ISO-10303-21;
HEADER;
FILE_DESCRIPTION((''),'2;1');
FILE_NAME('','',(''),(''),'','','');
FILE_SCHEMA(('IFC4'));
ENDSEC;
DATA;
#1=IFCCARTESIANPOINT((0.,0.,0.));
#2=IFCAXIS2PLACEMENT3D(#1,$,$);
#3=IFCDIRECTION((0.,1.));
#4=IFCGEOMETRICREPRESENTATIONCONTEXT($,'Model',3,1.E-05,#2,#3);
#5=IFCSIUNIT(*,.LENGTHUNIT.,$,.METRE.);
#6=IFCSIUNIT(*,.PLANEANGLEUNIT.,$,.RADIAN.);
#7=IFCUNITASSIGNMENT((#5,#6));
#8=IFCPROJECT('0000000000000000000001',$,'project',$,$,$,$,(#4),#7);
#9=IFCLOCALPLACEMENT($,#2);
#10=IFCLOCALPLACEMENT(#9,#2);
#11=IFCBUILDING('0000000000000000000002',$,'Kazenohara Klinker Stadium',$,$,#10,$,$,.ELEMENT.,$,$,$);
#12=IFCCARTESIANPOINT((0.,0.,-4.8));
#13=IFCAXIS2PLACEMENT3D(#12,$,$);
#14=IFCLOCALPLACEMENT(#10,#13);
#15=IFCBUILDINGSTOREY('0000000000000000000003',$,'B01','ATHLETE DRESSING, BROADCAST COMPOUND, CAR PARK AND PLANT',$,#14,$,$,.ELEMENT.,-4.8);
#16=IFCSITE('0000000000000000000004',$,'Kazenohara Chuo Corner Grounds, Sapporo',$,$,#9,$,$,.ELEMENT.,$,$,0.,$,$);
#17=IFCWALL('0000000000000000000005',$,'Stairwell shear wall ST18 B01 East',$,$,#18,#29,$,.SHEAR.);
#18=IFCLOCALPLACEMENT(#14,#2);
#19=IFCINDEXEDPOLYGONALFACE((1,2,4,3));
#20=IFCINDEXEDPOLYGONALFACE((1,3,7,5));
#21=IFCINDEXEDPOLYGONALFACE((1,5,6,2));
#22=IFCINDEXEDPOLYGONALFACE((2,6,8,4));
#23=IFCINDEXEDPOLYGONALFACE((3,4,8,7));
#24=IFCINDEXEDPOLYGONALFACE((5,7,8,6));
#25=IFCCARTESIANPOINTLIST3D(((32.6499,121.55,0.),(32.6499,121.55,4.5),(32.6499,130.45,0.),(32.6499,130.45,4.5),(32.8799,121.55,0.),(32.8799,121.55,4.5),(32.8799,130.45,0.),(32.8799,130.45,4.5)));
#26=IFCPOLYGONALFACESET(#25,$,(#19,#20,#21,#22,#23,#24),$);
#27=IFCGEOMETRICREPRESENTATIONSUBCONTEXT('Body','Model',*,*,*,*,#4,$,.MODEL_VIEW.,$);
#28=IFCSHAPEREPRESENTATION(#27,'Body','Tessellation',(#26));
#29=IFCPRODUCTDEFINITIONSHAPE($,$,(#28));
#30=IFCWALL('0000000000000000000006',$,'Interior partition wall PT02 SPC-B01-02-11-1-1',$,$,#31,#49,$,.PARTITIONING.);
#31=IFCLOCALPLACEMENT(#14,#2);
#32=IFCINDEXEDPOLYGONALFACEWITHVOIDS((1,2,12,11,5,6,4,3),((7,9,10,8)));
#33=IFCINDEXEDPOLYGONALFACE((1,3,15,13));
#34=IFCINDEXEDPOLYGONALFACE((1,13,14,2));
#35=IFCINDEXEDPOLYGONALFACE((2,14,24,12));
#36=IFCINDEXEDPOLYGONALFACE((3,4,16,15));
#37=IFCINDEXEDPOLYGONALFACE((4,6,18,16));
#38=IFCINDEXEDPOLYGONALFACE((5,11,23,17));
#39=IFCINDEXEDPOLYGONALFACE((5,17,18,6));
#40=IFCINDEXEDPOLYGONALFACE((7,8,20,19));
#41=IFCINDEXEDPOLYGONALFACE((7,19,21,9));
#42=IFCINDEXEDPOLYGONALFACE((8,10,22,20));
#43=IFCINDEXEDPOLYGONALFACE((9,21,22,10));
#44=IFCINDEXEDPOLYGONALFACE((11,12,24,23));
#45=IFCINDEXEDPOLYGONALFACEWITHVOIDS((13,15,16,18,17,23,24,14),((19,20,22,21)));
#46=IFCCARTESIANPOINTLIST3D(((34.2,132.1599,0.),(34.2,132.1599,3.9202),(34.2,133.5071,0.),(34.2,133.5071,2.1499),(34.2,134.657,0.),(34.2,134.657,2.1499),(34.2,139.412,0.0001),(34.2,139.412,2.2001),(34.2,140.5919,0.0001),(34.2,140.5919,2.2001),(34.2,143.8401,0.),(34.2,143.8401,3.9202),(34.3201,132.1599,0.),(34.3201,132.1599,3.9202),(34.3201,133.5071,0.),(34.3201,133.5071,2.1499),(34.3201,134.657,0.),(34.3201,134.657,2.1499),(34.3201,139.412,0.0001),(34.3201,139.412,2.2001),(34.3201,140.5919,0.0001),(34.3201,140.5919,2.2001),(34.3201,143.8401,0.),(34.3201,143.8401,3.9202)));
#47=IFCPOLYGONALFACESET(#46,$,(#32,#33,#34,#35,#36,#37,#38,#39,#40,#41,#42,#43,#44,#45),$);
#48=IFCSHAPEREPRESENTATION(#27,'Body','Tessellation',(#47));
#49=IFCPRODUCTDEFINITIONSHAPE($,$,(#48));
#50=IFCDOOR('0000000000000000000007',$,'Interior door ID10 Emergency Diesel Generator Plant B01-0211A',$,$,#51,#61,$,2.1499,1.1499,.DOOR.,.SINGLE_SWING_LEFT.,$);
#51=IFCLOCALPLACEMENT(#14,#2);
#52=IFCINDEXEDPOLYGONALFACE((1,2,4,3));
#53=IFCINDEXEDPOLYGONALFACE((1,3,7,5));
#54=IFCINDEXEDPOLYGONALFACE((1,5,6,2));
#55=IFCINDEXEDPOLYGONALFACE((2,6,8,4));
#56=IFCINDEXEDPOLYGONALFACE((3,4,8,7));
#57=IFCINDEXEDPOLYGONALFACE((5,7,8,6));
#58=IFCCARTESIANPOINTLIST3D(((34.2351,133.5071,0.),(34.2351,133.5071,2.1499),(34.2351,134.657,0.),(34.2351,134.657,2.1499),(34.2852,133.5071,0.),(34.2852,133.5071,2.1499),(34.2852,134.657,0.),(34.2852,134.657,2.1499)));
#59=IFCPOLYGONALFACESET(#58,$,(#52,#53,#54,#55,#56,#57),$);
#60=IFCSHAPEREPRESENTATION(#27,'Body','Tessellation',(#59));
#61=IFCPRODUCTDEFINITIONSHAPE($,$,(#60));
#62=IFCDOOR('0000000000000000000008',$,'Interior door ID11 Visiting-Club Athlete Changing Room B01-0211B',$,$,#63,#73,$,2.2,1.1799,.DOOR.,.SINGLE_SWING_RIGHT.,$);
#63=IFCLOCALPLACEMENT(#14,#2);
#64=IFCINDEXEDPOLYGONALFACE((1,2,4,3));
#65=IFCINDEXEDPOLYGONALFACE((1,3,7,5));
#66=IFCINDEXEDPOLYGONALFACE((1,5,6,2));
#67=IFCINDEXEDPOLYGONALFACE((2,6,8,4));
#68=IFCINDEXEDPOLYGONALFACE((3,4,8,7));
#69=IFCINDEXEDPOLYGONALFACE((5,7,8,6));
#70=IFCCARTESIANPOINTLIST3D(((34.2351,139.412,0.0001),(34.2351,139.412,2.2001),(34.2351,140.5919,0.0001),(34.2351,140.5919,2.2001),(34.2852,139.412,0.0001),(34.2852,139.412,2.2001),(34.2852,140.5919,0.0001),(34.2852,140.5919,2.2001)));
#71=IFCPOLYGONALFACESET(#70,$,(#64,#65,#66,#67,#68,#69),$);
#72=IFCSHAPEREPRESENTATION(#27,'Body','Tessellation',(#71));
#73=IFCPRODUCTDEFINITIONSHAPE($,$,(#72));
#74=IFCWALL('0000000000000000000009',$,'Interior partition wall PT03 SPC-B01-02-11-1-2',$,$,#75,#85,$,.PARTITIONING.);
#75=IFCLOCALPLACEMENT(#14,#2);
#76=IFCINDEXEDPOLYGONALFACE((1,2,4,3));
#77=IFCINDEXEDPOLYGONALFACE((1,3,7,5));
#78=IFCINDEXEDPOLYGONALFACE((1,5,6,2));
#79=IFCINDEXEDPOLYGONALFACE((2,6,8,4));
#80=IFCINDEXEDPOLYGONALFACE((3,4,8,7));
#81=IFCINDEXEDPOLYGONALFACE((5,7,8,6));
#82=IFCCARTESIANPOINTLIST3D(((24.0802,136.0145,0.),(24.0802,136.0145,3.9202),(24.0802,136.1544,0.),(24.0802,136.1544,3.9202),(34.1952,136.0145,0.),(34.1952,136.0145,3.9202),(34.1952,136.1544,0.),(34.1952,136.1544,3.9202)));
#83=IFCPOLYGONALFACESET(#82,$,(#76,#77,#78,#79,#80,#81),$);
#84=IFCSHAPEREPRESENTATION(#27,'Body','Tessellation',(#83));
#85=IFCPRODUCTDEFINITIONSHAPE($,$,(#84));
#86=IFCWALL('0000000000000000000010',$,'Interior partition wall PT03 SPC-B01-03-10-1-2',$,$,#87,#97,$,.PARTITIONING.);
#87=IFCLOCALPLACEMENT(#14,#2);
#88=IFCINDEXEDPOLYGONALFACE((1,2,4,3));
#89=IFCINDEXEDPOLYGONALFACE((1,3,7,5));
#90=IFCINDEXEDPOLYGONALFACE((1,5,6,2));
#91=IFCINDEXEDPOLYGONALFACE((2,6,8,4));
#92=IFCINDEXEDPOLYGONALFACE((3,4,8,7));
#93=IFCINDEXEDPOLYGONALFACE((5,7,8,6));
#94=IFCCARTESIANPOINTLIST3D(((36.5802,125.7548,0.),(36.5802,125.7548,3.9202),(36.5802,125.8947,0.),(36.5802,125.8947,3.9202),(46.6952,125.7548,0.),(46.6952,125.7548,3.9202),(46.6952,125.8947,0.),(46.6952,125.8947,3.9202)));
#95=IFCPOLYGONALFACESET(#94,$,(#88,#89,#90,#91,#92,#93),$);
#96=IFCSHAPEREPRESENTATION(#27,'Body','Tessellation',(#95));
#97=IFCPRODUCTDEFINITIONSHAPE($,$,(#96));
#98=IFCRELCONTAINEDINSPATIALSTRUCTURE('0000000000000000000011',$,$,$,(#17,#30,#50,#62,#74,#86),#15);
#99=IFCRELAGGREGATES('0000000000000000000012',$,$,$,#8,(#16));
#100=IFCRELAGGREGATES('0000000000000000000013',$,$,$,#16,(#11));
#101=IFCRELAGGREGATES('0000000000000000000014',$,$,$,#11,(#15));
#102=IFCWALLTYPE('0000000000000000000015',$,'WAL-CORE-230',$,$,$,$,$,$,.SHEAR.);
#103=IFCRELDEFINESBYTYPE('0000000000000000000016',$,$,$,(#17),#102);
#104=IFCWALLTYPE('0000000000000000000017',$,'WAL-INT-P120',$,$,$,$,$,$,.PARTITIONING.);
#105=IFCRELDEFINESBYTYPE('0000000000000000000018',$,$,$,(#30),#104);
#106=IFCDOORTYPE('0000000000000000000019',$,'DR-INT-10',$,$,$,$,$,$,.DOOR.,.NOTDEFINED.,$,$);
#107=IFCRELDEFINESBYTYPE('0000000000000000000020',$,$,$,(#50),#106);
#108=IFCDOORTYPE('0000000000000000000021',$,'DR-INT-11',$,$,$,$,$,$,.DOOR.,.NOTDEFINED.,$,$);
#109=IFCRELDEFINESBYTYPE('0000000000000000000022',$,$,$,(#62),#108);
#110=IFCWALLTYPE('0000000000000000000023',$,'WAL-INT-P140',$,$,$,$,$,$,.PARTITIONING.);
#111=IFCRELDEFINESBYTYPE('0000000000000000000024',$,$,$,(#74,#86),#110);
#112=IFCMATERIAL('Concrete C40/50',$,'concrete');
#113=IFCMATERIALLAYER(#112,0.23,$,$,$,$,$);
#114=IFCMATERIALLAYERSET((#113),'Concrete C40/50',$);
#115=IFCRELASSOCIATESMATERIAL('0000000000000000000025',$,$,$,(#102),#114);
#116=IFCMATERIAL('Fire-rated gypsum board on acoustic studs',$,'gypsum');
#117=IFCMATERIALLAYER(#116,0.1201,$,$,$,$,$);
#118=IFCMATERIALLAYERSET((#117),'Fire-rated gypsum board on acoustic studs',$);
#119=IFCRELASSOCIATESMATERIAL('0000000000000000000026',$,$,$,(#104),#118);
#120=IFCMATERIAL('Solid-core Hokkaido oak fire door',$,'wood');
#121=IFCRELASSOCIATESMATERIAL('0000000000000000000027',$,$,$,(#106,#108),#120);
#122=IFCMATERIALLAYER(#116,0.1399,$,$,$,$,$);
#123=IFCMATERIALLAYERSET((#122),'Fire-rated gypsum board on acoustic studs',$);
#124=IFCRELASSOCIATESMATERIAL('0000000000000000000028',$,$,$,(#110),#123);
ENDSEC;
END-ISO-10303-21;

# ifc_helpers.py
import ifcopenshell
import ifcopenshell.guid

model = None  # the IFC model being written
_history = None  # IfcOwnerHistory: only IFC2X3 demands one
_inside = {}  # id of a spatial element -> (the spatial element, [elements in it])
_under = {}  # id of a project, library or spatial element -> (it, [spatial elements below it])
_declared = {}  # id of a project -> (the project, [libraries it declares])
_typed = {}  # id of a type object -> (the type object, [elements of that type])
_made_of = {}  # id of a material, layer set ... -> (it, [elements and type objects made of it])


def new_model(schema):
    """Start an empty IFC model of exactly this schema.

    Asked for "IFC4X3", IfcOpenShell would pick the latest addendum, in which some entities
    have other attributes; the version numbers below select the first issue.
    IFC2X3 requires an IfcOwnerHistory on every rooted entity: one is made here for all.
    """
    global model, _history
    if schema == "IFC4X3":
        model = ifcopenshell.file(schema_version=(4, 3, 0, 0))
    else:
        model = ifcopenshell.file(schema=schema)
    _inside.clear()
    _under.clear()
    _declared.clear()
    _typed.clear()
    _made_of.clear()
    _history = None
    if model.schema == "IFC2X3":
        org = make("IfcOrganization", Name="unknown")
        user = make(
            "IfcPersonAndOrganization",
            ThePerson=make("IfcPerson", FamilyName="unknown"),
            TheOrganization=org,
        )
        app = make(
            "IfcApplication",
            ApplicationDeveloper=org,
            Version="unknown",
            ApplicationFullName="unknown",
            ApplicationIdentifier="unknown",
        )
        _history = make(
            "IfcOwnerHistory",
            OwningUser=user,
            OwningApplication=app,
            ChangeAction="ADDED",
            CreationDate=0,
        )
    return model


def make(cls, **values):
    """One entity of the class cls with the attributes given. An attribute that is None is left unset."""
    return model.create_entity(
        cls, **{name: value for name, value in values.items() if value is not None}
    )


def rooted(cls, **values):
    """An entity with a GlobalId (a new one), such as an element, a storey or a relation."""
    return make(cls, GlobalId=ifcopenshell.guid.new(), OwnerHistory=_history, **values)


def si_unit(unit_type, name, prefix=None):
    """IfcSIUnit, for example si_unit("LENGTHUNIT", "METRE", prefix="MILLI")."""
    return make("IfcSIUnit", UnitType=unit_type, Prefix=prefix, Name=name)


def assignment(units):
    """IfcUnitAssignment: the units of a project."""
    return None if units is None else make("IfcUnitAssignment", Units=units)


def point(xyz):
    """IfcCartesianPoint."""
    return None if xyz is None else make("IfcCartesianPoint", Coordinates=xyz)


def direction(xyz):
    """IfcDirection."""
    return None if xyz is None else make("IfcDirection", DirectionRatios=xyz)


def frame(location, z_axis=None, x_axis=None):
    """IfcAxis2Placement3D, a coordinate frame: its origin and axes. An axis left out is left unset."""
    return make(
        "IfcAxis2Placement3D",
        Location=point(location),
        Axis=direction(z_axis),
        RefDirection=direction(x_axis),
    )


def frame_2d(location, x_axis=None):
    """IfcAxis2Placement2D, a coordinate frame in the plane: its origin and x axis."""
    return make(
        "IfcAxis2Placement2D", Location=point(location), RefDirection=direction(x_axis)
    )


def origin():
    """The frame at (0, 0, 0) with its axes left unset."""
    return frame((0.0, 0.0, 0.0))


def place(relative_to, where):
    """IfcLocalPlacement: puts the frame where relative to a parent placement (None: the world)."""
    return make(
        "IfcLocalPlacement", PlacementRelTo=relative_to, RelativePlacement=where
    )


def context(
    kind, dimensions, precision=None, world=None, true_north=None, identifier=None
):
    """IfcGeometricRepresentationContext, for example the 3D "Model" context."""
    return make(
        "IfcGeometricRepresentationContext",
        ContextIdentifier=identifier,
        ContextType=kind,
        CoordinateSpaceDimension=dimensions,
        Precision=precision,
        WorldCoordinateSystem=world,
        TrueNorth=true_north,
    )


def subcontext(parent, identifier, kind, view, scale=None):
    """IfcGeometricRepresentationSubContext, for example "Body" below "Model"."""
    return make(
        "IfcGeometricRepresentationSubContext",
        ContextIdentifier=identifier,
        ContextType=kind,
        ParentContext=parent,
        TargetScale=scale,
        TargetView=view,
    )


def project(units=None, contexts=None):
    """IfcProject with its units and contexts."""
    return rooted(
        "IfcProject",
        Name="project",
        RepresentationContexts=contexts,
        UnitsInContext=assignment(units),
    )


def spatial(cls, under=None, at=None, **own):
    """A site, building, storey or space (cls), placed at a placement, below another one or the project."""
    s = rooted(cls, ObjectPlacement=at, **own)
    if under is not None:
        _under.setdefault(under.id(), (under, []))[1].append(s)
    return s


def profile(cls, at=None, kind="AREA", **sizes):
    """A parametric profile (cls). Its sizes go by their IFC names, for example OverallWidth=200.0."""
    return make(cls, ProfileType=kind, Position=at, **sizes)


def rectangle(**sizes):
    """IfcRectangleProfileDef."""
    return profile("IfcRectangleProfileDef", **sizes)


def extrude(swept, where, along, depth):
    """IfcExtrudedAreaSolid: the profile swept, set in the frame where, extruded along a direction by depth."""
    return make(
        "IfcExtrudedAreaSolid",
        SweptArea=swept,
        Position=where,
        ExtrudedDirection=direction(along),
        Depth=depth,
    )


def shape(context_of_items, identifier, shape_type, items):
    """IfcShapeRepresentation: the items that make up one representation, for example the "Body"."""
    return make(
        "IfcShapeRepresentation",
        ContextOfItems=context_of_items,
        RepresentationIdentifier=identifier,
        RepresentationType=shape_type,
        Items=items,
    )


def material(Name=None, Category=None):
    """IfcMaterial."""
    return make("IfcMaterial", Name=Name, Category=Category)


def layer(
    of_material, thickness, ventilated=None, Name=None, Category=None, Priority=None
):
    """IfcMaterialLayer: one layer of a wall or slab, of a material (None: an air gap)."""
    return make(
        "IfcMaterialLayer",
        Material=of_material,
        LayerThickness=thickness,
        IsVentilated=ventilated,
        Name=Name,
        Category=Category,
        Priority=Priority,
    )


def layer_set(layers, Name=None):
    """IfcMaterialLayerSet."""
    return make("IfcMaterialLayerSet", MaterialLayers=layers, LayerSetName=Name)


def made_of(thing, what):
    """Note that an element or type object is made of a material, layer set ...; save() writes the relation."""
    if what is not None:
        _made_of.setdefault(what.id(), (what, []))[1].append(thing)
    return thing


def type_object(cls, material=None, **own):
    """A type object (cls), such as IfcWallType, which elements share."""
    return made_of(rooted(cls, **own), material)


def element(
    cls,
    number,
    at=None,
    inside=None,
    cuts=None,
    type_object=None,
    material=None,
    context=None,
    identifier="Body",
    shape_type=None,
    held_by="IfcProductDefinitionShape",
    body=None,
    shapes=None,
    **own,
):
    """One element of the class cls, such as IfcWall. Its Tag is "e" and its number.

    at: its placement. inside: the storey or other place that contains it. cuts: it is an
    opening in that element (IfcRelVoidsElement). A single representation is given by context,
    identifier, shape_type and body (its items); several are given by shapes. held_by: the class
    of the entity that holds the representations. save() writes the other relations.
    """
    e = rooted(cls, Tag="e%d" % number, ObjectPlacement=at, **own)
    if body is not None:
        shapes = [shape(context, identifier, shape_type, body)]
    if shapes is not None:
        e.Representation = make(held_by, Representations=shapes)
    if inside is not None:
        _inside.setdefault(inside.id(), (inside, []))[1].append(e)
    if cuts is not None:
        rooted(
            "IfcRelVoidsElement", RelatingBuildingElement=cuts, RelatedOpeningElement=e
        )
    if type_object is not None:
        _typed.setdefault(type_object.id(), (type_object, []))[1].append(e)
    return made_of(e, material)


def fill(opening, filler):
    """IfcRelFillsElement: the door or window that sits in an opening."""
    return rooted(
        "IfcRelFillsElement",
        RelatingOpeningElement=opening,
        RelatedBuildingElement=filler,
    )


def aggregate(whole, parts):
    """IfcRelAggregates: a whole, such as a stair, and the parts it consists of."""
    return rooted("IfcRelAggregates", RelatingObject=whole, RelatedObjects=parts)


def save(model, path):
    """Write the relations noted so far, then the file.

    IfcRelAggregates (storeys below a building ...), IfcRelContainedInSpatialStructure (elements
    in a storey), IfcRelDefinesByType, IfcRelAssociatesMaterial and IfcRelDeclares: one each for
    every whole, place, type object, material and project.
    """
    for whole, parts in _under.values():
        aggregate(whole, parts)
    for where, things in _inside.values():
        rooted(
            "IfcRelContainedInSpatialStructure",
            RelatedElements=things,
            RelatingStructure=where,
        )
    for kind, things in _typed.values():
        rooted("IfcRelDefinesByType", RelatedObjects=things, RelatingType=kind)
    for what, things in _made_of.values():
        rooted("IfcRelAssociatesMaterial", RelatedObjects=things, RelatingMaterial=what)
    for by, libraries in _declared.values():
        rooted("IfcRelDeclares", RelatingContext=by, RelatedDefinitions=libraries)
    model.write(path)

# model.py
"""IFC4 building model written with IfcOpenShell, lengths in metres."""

from ifc_helpers import new_model, si_unit, direction, frame, frame_2d, origin, place, context, subcontext, project, spatial, rectangle, extrude, material, layer, layer_set, type_object, element, fill, save


model = new_model("IFC4")

# Units and contexts
model_context = context("Model", 3, precision=1e-05, world=origin(), true_north=direction((0.0, 1.0)))
body_context = subcontext(model_context, "Body", "Model", "MODEL_VIEW")
ifc_project = project(units=[si_unit("LENGTHUNIT", "METRE"), si_unit("PLANEANGLEUNIT", "RADIAN")], contexts=[model_context])

# Site, building, storey
site_placement = place(None, origin())
site = spatial("IfcSite", under=ifc_project, at=site_placement, Name="Kazenohara Chuo Corner Grounds, Sapporo", CompositionType="ELEMENT", RefElevation=0.0)
building_placement = place(site_placement, origin())
building = spatial("IfcBuilding", under=site, at=building_placement, Name="Kazenohara Klinker Stadium", CompositionType="ELEMENT")
storey_placement = place(building_placement, frame((0.0, 0.0, -4.8)))
storey = spatial("IfcBuildingStorey", under=building, at=storey_placement, Name="B01", Description="ATHLETE DRESSING, BROADCAST COMPOUND, CAR PARK AND PLANT", CompositionType="ELEMENT", Elevation=-4.8)

# Shared definitions
ifc_material_1 = material(Name="Concrete C40/50", Category="concrete")

# Wall
ifc_layer_1 = layer(ifc_material_1, 0.23)
ifc_layer_set_1 = layer_set([ifc_layer_1], Name="Concrete C40/50")
wall_type_1 = type_object("IfcWallType", Name="WAL-CORE-230", PredefinedType="SHEAR", material=ifc_layer_set_1)
for number, where, z_axis, x_axis, name in (
    (1, (32.7649, 121.55, 0.0), (0.0, 0.0, 1.0), (0.0, 1.0, 0.0), "Stairwell shear wall ST18 B01 East"),
):
    element("IfcWall", number, at=place(storey_placement, frame(where, z_axis=z_axis, x_axis=x_axis)), inside=storey, type_object=wall_type_1, Name=name, PredefinedType="SHEAR", context=body_context, shape_type="SweptSolid", body=[
        extrude(rectangle(XDim=8.8999, YDim=0.23, at=frame_2d((4.45, 0.0))), origin(), (0.0, 0.0, 1.0), 4.5),
    ])

# Wall, openings, doors
ifc_material_2 = material(Name="Fire-rated gypsum board on acoustic studs", Category="gypsum")
ifc_layer_2 = layer(ifc_material_2, 0.1201)
ifc_layer_set_2 = layer_set([ifc_layer_2], Name="Fire-rated gypsum board on acoustic studs")
wall_type_2 = type_object("IfcWallType", Name="WAL-INT-P120", PredefinedType="PARTITIONING", material=ifc_layer_set_2)
wall_1_placement = place(storey_placement, frame((34.26, 132.1599, 0.0), z_axis=(0.0, 0.0, 1.0), x_axis=(0.0, 1.0, 0.0)))
wall_1 = element("IfcWall", 2, at=wall_1_placement, inside=storey, type_object=wall_type_2, Name="Interior partition wall PT02 SPC-B01-02-11-1-1", PredefinedType="PARTITIONING", context=body_context, shape_type="SweptSolid", body=[
    extrude(rectangle(XDim=11.6802, YDim=0.1201, at=frame_2d((5.8401, 0.0))), origin(), (0.0, 0.0, 1.0), 3.9202),
])
opening_1_placement = place(wall_1_placement, frame((1.3472, 0.0, 0.0)))
opening_1 = element("IfcOpeningElement", 3, at=opening_1_placement, cuts=wall_1, PredefinedType="OPENING", context=body_context, shape_type="SweptSolid", body=[
    extrude(rectangle(XDim=1.1499, YDim=2.1499, at=frame_2d((0.575, 1.075))), frame((0.0, 0.0701, 0.0), z_axis=(0.0, -1.0, 0.0), x_axis=(1.0, 0.0, 0.0)), (0.0, 0.0, 1.0), 0.1401),
])
opening_2_placement = place(wall_1_placement, frame((7.2522, 0.0, 0.0)))
opening_2 = element("IfcOpeningElement", 4, at=opening_2_placement, cuts=wall_1, PredefinedType="OPENING", context=body_context, shape_type="SweptSolid", body=[
    extrude(rectangle(XDim=1.1799, YDim=2.2, at=frame_2d((0.5898, 1.1001))), frame((0.0, 0.0701, 0.0), z_axis=(0.0, -1.0, 0.0), x_axis=(1.0, 0.0, 0.0)), (0.0, 0.0, 1.0), 0.1401),
])
ifc_material_3 = material(Name="Solid-core Hokkaido oak fire door", Category="wood")
door_type_1 = type_object("IfcDoorType", Name="DR-INT-10", OperationType="NOTDEFINED", PredefinedType="DOOR", material=ifc_material_3)
door_1_placement = place(opening_1_placement, origin())
door_1 = element("IfcDoor", 5, at=door_1_placement, inside=storey, type_object=door_type_1, Name="Interior door ID10 Emergency Diesel Generator Plant B01-0211A", OperationType="SINGLE_SWING_LEFT", OverallHeight=2.1499, OverallWidth=1.1499, PredefinedType="DOOR", context=body_context, shape_type="SweptSolid", body=[
    extrude(rectangle(XDim=1.1499, YDim=2.1499, at=frame_2d((0.575, 1.075))), frame((0.0, 0.0249, 0.0), z_axis=(0.0, -1.0, 0.0), x_axis=(1.0, 0.0, 0.0)), (0.0, 0.0, 1.0), 0.05),
])
fill(opening_1, door_1)
door_type_2 = type_object("IfcDoorType", Name="DR-INT-11", OperationType="NOTDEFINED", PredefinedType="DOOR", material=ifc_material_3)
door_2_placement = place(opening_2_placement, origin())
door_2 = element("IfcDoor", 6, at=door_2_placement, inside=storey, type_object=door_type_2, Name="Interior door ID11 Visiting-Club Athlete Changing Room B01-0211B", OperationType="SINGLE_SWING_RIGHT", OverallHeight=2.2, OverallWidth=1.1799, PredefinedType="DOOR", context=body_context, shape_type="SweptSolid", body=[
    extrude(rectangle(XDim=1.1799, YDim=2.2, at=frame_2d((0.5898, 1.1001))), frame((0.0, 0.0249, 0.0), z_axis=(0.0, -1.0, 0.0), x_axis=(1.0, 0.0, 0.0)), (0.0, 0.0, 1.0), 0.05),
])
fill(opening_2, door_2)

# Walls
ifc_layer_3 = layer(ifc_material_2, 0.1399)
ifc_layer_set_3 = layer_set([ifc_layer_3], Name="Fire-rated gypsum board on acoustic studs")
wall_type_3 = type_object("IfcWallType", Name="WAL-INT-P140", PredefinedType="PARTITIONING", material=ifc_layer_set_3)
for number, where, z_axis, x_axis, name in (
    (7, (24.0801, 136.0845, 0.0), (0.0, 0.0, 1.0), (1.0, 0.0, 0.0), "Interior partition wall PT03 SPC-B01-02-11-1-2"),
    (8, (36.5801, 125.8247, 0.0), (0.0, 0.0, 1.0), (1.0, 0.0, 0.0), "Interior partition wall PT03 SPC-B01-03-10-1-2"),
):
    element("IfcWall", number, at=place(storey_placement, frame(where, z_axis=z_axis, x_axis=x_axis)), inside=storey, type_object=wall_type_3, Name=name, PredefinedType="PARTITIONING", context=body_context, shape_type="SweptSolid", body=[
        extrude(rectangle(XDim=10.115, YDim=0.1399, at=frame_2d((5.0576, 0.0))), origin(), (0.0, 0.0, 1.0), 3.9202),
    ])

save(model, "model.ifc")
